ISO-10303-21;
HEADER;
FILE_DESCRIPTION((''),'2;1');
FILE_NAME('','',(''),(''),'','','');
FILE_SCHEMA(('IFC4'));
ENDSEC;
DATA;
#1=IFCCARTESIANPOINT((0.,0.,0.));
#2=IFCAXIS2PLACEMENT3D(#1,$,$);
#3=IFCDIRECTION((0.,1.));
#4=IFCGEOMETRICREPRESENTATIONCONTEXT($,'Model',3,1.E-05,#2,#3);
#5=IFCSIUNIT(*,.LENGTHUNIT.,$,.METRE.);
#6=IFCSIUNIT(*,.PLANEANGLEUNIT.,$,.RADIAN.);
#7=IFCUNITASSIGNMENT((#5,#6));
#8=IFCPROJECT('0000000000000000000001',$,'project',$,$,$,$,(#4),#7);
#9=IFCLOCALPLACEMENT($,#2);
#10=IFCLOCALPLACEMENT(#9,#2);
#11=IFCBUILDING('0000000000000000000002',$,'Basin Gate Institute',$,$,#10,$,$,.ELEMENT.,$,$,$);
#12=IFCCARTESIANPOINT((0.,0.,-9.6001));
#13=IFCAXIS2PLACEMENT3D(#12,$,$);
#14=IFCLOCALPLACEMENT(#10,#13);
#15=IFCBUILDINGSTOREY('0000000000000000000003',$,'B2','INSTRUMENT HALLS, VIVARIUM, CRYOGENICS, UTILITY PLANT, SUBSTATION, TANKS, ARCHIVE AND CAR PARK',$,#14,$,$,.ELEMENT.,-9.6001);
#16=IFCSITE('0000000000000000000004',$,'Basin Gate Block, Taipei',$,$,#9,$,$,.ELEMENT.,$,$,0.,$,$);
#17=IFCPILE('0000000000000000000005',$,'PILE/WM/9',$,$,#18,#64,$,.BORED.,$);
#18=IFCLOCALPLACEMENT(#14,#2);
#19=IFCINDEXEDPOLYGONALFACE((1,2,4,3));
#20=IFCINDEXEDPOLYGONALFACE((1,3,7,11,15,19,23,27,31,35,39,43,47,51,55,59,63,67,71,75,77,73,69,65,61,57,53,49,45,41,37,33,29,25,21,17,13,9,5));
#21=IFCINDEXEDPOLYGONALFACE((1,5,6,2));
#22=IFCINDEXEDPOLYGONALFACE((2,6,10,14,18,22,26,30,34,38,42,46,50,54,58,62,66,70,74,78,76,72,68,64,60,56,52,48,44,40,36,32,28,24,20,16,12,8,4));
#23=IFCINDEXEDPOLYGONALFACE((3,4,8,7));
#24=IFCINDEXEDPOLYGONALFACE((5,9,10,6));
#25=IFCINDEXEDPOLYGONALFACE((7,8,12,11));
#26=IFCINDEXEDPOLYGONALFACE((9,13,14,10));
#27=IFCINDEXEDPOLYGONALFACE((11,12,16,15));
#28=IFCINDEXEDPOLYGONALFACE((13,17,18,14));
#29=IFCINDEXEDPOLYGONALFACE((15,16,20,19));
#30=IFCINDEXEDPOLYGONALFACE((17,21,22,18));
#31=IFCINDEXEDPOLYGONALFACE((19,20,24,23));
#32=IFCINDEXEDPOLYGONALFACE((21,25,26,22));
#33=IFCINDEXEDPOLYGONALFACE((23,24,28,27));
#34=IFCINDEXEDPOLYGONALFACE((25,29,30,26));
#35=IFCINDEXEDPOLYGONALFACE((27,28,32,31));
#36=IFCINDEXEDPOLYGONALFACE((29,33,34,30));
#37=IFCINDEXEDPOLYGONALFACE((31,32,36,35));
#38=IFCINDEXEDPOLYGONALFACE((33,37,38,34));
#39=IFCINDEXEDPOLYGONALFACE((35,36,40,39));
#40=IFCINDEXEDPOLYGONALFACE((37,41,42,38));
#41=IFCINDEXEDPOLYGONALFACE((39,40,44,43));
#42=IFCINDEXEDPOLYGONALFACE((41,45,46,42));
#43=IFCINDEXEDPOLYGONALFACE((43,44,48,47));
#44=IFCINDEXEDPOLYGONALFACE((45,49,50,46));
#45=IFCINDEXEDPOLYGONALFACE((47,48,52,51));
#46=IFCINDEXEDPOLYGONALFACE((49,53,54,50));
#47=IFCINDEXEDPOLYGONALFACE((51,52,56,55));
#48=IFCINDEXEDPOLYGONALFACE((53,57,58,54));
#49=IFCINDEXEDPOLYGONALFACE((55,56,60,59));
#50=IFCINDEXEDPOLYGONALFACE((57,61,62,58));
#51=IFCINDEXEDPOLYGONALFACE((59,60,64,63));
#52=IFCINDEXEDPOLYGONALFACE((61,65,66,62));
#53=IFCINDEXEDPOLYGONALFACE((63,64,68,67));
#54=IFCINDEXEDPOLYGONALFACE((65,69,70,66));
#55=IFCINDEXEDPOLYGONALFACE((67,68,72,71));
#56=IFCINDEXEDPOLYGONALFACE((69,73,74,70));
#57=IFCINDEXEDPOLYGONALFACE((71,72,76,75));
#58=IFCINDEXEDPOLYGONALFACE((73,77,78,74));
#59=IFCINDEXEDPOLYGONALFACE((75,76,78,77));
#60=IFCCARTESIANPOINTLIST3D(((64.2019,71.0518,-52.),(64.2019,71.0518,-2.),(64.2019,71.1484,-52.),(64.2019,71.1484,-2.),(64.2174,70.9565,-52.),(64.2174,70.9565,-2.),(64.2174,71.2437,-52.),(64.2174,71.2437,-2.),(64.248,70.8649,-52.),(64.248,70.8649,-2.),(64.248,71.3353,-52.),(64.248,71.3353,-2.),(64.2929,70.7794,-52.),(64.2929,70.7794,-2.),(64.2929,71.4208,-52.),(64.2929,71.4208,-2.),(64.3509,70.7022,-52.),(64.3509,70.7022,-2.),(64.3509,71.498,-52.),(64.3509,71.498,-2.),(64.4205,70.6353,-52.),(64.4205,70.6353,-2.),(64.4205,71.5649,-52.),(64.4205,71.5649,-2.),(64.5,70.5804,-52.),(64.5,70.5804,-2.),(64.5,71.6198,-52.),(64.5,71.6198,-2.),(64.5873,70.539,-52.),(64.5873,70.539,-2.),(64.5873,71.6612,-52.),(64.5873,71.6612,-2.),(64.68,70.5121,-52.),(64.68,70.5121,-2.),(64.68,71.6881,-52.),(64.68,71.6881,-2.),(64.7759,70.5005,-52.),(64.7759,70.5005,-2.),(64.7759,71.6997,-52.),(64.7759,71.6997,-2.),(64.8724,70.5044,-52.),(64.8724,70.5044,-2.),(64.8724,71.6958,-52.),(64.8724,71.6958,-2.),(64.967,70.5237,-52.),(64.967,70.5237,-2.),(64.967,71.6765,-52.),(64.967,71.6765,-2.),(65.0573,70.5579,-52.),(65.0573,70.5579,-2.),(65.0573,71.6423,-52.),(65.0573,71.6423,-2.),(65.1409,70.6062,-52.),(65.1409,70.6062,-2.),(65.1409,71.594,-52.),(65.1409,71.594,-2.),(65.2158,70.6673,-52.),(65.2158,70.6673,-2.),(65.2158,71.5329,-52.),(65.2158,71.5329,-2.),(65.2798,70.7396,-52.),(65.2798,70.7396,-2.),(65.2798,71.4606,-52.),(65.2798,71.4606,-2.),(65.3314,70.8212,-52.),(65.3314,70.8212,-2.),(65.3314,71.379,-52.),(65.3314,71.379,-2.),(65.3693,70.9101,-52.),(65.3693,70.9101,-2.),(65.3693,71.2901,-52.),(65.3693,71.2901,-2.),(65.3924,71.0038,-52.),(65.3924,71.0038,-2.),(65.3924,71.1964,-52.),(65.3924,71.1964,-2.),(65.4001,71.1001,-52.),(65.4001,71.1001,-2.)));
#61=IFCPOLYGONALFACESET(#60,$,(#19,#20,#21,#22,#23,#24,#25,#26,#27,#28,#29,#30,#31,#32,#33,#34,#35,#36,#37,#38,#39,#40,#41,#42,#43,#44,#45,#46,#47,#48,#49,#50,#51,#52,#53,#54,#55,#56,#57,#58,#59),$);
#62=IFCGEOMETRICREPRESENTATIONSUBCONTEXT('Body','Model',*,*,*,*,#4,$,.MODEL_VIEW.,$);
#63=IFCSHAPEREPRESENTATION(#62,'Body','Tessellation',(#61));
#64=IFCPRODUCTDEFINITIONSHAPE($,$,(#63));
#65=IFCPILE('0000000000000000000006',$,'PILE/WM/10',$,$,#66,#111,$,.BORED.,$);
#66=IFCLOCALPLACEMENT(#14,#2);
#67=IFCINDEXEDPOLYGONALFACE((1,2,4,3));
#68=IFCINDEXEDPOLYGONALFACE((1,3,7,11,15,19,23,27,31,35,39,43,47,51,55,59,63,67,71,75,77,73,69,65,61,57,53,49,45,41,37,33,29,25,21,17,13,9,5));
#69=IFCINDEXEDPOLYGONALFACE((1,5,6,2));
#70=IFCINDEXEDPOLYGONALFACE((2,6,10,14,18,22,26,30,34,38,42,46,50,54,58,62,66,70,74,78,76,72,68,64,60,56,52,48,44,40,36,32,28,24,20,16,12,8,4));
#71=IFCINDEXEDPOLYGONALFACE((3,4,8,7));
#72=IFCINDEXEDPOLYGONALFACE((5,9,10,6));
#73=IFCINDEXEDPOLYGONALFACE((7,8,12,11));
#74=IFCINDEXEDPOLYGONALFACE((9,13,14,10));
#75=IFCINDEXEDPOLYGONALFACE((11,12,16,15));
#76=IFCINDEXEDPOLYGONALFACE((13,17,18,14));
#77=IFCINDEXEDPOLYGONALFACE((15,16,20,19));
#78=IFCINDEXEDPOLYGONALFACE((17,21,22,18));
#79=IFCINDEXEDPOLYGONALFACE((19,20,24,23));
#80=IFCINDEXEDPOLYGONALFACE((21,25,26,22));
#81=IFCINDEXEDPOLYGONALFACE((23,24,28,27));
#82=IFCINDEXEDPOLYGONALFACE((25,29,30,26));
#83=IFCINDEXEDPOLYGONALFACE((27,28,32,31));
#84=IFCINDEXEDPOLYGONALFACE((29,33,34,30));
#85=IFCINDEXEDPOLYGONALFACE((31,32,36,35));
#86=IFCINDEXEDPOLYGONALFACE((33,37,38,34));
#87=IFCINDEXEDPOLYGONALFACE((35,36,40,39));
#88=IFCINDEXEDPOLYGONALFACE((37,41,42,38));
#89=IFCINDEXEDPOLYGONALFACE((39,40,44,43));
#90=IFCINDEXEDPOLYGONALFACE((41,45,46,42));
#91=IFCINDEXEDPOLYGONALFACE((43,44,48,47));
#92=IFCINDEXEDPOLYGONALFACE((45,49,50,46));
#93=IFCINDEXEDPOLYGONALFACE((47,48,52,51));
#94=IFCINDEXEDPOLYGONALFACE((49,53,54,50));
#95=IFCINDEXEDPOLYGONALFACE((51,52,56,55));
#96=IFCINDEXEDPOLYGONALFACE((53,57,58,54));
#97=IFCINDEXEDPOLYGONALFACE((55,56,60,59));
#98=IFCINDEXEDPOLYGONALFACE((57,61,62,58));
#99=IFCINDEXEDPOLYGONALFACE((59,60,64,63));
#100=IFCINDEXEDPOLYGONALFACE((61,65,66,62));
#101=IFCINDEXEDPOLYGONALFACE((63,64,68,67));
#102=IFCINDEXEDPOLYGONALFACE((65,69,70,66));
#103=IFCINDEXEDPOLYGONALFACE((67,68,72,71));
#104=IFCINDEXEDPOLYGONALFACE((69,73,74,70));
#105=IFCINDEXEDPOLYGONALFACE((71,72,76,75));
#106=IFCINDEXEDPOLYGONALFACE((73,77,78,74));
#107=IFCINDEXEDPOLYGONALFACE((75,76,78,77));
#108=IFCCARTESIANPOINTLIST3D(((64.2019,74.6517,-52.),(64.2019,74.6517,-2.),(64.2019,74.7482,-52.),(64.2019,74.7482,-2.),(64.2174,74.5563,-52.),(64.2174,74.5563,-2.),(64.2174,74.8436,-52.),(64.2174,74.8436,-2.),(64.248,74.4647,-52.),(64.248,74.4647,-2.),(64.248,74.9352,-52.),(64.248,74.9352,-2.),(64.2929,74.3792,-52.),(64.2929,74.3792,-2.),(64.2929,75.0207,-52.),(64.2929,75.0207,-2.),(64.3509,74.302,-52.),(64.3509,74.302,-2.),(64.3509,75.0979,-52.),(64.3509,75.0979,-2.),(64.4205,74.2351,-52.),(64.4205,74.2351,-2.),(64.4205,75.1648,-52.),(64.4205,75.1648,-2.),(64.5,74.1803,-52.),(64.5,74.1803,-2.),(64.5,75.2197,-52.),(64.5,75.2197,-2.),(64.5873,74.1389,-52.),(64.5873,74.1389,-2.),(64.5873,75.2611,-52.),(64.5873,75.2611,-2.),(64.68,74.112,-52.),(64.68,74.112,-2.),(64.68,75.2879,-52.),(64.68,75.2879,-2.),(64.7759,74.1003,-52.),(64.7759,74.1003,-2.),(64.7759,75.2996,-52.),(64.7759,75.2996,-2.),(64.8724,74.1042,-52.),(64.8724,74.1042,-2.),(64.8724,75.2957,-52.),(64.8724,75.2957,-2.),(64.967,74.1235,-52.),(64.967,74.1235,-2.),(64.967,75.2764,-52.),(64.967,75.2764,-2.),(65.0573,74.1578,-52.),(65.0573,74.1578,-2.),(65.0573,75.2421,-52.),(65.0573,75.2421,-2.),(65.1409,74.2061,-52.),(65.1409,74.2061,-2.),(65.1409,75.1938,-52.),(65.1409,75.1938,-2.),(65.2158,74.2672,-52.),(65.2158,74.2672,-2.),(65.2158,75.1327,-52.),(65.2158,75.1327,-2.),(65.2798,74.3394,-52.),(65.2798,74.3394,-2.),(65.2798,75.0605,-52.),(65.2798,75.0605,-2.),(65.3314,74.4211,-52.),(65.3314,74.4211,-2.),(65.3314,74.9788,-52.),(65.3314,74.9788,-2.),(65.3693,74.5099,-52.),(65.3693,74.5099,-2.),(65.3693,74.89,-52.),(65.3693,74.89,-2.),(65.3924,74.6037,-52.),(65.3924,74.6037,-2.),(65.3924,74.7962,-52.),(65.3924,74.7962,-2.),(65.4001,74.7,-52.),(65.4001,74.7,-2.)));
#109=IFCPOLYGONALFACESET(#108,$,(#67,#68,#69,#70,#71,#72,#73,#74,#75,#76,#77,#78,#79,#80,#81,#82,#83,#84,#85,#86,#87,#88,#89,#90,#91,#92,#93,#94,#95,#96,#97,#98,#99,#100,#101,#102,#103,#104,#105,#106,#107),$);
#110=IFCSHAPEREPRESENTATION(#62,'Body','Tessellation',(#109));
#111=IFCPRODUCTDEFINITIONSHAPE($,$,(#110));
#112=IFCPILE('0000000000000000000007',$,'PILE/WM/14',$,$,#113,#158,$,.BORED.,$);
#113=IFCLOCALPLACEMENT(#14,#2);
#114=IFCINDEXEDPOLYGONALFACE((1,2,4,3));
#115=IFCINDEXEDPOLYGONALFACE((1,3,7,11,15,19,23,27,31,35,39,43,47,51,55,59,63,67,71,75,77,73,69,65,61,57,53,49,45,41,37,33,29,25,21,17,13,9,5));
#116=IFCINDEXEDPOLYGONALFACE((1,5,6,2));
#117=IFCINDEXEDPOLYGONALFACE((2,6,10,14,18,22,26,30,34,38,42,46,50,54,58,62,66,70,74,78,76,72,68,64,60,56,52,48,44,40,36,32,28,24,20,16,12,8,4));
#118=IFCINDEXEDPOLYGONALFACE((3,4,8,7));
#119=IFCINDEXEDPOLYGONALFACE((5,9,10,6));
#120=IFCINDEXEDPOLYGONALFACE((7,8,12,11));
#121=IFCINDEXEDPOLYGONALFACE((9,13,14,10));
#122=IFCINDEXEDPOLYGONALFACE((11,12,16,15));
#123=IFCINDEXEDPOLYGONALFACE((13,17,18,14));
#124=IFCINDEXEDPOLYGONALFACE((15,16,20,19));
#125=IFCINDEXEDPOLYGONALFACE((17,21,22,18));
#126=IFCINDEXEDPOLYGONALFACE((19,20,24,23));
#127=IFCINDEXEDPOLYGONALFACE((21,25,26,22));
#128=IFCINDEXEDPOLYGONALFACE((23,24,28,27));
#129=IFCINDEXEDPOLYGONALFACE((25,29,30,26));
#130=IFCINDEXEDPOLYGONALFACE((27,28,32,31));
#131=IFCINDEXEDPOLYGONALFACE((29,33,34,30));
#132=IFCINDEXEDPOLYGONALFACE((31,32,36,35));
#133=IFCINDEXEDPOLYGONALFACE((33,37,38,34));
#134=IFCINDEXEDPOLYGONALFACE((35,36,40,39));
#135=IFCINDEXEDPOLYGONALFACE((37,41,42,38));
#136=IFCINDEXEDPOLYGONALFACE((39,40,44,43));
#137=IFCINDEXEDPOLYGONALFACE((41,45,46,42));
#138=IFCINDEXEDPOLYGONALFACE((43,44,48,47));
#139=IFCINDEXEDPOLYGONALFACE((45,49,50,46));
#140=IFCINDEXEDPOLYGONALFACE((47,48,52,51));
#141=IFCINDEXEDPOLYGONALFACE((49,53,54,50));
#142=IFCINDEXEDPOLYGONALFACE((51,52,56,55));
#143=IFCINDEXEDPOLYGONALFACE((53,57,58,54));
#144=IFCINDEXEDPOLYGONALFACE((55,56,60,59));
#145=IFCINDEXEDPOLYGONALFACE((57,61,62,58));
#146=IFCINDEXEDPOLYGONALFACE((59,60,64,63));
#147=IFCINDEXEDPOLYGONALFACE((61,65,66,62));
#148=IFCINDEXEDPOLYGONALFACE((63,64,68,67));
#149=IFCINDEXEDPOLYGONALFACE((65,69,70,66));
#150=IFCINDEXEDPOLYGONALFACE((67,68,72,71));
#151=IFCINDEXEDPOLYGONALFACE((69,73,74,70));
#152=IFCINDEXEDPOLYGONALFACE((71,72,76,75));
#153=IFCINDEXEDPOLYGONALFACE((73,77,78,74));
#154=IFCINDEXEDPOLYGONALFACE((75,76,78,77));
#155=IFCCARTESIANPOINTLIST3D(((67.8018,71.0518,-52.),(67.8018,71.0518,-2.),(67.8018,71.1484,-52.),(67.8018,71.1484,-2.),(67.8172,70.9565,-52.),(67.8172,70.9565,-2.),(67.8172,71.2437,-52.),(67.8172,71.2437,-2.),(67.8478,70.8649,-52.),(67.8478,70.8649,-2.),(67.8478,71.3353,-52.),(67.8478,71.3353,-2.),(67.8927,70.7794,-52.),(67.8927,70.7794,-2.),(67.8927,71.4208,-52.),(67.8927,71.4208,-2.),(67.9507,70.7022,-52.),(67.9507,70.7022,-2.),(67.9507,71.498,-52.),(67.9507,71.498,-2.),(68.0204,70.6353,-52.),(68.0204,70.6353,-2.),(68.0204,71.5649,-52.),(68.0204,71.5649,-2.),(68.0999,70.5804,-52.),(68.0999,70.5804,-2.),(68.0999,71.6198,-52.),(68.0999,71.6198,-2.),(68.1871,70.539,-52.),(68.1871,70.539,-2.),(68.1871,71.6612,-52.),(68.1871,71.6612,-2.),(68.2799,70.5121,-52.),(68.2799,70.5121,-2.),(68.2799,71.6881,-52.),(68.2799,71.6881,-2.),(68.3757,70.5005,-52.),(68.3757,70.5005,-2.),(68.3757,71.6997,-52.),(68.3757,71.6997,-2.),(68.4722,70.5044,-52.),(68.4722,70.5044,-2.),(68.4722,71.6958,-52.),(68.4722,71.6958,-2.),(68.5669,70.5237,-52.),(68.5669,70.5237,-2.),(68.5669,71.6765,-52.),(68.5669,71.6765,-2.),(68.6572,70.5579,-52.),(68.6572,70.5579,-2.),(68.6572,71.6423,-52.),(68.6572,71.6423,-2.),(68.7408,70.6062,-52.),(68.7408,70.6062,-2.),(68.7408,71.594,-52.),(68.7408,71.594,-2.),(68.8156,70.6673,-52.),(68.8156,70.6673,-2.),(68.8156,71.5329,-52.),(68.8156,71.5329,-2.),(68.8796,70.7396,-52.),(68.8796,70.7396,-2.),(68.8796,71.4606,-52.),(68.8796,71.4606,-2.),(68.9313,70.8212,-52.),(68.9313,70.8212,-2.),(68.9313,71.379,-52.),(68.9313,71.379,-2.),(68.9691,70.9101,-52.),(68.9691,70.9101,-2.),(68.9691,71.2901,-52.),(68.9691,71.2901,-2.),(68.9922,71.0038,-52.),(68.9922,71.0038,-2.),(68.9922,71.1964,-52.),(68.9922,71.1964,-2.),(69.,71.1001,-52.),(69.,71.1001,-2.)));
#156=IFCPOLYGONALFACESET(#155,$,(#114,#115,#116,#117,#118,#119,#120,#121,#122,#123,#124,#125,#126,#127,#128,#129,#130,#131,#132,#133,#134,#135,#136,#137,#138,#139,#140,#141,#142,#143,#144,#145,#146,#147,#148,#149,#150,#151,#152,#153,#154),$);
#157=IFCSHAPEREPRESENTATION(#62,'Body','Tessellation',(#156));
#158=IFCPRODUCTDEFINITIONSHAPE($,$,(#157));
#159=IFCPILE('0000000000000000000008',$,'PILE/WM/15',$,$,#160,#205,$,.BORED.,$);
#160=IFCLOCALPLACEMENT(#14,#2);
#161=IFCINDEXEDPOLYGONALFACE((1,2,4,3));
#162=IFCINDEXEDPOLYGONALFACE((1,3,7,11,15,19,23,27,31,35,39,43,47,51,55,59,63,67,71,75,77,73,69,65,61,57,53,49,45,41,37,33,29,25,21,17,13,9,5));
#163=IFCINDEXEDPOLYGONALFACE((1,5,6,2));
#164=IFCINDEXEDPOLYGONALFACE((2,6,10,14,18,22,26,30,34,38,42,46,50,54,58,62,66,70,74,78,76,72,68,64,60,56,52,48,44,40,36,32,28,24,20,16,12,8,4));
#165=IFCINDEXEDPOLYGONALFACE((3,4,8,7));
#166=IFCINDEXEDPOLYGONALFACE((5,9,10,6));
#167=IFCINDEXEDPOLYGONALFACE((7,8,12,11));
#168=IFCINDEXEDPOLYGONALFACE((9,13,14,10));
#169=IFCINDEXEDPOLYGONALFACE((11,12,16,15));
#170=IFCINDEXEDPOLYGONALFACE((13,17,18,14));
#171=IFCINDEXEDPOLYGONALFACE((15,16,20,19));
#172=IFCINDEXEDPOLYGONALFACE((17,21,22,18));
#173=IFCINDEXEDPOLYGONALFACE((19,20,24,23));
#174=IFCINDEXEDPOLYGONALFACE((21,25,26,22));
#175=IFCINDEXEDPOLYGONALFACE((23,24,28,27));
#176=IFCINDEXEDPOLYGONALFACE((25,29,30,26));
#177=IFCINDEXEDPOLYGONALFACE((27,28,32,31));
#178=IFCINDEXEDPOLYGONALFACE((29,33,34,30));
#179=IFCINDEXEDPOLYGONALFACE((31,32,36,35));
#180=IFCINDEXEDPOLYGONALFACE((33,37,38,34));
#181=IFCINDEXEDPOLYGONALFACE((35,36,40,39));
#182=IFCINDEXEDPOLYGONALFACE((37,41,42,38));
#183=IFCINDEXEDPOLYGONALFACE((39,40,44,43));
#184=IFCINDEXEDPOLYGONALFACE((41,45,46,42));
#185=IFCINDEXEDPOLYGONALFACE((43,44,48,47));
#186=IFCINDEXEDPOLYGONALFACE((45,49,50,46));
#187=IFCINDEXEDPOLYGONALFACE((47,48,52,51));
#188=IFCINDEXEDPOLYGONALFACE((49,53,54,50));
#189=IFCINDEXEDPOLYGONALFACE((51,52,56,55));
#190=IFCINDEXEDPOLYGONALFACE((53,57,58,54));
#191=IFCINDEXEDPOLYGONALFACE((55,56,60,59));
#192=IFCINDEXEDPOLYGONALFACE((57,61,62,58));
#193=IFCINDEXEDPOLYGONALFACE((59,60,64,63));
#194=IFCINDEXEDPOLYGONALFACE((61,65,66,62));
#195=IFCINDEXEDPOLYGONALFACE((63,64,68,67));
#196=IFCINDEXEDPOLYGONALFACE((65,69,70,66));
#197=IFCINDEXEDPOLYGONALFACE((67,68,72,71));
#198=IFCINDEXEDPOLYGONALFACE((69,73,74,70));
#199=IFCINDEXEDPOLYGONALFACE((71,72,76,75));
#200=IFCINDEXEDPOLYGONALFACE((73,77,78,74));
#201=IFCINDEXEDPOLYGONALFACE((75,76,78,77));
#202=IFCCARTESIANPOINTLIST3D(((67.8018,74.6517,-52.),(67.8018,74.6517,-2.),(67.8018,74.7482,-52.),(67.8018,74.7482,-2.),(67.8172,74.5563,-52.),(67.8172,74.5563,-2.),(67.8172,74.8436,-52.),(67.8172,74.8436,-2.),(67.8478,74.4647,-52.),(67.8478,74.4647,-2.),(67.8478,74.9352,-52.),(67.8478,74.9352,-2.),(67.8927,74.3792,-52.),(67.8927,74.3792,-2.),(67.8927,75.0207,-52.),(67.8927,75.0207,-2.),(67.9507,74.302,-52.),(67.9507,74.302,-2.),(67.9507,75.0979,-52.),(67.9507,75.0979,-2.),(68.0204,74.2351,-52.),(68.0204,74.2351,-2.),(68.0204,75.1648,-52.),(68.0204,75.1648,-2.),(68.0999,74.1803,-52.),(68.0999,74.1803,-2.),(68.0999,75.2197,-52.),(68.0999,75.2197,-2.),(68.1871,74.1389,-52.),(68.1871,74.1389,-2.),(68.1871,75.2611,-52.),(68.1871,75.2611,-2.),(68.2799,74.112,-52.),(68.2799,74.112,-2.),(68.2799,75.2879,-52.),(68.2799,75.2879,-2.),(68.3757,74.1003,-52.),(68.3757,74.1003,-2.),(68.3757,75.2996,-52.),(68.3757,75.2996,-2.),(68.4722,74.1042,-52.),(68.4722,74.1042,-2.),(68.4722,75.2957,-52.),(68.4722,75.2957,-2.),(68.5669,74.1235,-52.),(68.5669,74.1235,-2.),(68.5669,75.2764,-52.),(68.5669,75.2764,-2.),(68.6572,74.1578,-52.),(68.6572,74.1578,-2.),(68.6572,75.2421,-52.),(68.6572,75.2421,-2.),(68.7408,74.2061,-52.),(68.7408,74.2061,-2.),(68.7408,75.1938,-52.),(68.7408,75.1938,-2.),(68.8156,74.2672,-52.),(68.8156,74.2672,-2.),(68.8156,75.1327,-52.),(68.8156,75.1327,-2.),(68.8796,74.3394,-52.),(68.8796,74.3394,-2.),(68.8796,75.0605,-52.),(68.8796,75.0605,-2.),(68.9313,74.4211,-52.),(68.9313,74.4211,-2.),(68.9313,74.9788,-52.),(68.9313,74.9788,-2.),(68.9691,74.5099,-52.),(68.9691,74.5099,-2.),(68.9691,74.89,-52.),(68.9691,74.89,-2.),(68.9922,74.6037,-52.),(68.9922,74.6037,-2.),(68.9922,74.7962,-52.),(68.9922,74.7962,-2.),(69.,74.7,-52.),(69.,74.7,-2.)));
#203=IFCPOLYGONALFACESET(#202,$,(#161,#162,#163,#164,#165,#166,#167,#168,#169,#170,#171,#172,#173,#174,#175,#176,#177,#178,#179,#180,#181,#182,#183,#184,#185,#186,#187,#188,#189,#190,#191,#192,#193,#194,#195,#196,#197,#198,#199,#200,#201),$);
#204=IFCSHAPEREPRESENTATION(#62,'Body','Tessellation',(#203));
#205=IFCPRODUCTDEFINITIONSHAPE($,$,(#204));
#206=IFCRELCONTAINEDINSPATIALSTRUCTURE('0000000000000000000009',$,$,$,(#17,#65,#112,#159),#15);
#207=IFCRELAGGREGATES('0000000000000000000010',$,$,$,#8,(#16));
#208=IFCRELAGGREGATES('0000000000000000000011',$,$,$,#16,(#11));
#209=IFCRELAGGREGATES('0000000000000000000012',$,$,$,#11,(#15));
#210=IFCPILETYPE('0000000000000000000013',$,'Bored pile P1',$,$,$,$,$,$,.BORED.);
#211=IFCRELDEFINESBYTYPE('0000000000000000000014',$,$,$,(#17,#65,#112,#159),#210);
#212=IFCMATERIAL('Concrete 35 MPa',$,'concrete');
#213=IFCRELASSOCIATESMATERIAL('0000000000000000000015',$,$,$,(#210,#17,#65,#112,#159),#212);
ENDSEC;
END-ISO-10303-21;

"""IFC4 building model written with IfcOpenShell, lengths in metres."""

from ifc_helpers import new_model, si_unit, direction, frame, origin, origin_2d, place, context, subcontext, project, spatial, circle, extrude, material, material_profile, profile_set, type_object, element, save


model = new_model("IFC4")

# Units and contexts
model_context = context("Model", 3, precision=1e-05, world=origin(), true_north=direction((0.0, 1.0)))
body_context = subcontext(model_context, "Body", "Model", "MODEL_VIEW")
ifc_project = project(units=[si_unit("LENGTHUNIT", "METRE"), si_unit("PLANEANGLEUNIT", "RADIAN")], contexts=[model_context])

# Site, building, storey
site_placement = place(None, origin())
site = spatial("IfcSite", under=ifc_project, at=site_placement, Name="Basin Gate Block, Taipei", CompositionType="ELEMENT", RefElevation=0.0)
building_placement = place(site_placement, origin())
building = spatial("IfcBuilding", under=site, at=building_placement, Name="Basin Gate Institute", CompositionType="ELEMENT")
storey_placement = place(building_placement, frame((0.0, 0.0, -9.6001)))
storey = spatial("IfcBuildingStorey", under=building, at=storey_placement, Name="B2", Description="INSTRUMENT HALLS, VIVARIUM, CRYOGENICS, UTILITY PLANT, SUBSTATION, TANKS, ARCHIVE AND CAR PARK", CompositionType="ELEMENT", Elevation=-9.6001)

# Piles
ifc_material_1 = material(Name="Concrete 35 MPa", Category="concrete")
ifc_material_profile_1 = material_profile(ifc_material_1, circle(Radius=0.6001, at=origin_2d()), Name="Bored pile P1 1200 dia")
ifc_profile_set_1 = profile_set([ifc_material_profile_1], Name="Concrete 35 MPa")
pile_type = type_object("IfcPileType", Name="Bored pile P1", PredefinedType="BORED", material=ifc_profile_set_1)
for number, where, z_axis, x_axis, name in (
    (1, (64.8, 71.1001, -2.0), (0.0, 0.0, -1.0), (1.0, 0.0, 0.0), "PILE/WM/9"),
    (2, (64.8, 74.7, -2.0), (0.0, 0.0, -1.0), (1.0, 0.0, 0.0), "PILE/WM/10"),
    (3, (68.3999, 71.1001, -2.0), (0.0, 0.0, -1.0), (1.0, 0.0, 0.0), "PILE/WM/14"),
    (4, (68.3999, 74.7, -2.0), (0.0, 0.0, -1.0), (1.0, 0.0, 0.0), "PILE/WM/15"),
):
    element("IfcPile", number, at=place(storey_placement, frame(where, z_axis=z_axis, x_axis=x_axis)), inside=storey, type_object=pile_type, material=ifc_profile_set_1, Name=name, PredefinedType="BORED", context=body_context, shape_type="SweptSolid", body=[
        extrude(circle(Radius=0.6001, at=origin_2d()), origin(), (0.0, 0.0, 1.0), 50.0),
    ])

save(model, "model.ifc")
